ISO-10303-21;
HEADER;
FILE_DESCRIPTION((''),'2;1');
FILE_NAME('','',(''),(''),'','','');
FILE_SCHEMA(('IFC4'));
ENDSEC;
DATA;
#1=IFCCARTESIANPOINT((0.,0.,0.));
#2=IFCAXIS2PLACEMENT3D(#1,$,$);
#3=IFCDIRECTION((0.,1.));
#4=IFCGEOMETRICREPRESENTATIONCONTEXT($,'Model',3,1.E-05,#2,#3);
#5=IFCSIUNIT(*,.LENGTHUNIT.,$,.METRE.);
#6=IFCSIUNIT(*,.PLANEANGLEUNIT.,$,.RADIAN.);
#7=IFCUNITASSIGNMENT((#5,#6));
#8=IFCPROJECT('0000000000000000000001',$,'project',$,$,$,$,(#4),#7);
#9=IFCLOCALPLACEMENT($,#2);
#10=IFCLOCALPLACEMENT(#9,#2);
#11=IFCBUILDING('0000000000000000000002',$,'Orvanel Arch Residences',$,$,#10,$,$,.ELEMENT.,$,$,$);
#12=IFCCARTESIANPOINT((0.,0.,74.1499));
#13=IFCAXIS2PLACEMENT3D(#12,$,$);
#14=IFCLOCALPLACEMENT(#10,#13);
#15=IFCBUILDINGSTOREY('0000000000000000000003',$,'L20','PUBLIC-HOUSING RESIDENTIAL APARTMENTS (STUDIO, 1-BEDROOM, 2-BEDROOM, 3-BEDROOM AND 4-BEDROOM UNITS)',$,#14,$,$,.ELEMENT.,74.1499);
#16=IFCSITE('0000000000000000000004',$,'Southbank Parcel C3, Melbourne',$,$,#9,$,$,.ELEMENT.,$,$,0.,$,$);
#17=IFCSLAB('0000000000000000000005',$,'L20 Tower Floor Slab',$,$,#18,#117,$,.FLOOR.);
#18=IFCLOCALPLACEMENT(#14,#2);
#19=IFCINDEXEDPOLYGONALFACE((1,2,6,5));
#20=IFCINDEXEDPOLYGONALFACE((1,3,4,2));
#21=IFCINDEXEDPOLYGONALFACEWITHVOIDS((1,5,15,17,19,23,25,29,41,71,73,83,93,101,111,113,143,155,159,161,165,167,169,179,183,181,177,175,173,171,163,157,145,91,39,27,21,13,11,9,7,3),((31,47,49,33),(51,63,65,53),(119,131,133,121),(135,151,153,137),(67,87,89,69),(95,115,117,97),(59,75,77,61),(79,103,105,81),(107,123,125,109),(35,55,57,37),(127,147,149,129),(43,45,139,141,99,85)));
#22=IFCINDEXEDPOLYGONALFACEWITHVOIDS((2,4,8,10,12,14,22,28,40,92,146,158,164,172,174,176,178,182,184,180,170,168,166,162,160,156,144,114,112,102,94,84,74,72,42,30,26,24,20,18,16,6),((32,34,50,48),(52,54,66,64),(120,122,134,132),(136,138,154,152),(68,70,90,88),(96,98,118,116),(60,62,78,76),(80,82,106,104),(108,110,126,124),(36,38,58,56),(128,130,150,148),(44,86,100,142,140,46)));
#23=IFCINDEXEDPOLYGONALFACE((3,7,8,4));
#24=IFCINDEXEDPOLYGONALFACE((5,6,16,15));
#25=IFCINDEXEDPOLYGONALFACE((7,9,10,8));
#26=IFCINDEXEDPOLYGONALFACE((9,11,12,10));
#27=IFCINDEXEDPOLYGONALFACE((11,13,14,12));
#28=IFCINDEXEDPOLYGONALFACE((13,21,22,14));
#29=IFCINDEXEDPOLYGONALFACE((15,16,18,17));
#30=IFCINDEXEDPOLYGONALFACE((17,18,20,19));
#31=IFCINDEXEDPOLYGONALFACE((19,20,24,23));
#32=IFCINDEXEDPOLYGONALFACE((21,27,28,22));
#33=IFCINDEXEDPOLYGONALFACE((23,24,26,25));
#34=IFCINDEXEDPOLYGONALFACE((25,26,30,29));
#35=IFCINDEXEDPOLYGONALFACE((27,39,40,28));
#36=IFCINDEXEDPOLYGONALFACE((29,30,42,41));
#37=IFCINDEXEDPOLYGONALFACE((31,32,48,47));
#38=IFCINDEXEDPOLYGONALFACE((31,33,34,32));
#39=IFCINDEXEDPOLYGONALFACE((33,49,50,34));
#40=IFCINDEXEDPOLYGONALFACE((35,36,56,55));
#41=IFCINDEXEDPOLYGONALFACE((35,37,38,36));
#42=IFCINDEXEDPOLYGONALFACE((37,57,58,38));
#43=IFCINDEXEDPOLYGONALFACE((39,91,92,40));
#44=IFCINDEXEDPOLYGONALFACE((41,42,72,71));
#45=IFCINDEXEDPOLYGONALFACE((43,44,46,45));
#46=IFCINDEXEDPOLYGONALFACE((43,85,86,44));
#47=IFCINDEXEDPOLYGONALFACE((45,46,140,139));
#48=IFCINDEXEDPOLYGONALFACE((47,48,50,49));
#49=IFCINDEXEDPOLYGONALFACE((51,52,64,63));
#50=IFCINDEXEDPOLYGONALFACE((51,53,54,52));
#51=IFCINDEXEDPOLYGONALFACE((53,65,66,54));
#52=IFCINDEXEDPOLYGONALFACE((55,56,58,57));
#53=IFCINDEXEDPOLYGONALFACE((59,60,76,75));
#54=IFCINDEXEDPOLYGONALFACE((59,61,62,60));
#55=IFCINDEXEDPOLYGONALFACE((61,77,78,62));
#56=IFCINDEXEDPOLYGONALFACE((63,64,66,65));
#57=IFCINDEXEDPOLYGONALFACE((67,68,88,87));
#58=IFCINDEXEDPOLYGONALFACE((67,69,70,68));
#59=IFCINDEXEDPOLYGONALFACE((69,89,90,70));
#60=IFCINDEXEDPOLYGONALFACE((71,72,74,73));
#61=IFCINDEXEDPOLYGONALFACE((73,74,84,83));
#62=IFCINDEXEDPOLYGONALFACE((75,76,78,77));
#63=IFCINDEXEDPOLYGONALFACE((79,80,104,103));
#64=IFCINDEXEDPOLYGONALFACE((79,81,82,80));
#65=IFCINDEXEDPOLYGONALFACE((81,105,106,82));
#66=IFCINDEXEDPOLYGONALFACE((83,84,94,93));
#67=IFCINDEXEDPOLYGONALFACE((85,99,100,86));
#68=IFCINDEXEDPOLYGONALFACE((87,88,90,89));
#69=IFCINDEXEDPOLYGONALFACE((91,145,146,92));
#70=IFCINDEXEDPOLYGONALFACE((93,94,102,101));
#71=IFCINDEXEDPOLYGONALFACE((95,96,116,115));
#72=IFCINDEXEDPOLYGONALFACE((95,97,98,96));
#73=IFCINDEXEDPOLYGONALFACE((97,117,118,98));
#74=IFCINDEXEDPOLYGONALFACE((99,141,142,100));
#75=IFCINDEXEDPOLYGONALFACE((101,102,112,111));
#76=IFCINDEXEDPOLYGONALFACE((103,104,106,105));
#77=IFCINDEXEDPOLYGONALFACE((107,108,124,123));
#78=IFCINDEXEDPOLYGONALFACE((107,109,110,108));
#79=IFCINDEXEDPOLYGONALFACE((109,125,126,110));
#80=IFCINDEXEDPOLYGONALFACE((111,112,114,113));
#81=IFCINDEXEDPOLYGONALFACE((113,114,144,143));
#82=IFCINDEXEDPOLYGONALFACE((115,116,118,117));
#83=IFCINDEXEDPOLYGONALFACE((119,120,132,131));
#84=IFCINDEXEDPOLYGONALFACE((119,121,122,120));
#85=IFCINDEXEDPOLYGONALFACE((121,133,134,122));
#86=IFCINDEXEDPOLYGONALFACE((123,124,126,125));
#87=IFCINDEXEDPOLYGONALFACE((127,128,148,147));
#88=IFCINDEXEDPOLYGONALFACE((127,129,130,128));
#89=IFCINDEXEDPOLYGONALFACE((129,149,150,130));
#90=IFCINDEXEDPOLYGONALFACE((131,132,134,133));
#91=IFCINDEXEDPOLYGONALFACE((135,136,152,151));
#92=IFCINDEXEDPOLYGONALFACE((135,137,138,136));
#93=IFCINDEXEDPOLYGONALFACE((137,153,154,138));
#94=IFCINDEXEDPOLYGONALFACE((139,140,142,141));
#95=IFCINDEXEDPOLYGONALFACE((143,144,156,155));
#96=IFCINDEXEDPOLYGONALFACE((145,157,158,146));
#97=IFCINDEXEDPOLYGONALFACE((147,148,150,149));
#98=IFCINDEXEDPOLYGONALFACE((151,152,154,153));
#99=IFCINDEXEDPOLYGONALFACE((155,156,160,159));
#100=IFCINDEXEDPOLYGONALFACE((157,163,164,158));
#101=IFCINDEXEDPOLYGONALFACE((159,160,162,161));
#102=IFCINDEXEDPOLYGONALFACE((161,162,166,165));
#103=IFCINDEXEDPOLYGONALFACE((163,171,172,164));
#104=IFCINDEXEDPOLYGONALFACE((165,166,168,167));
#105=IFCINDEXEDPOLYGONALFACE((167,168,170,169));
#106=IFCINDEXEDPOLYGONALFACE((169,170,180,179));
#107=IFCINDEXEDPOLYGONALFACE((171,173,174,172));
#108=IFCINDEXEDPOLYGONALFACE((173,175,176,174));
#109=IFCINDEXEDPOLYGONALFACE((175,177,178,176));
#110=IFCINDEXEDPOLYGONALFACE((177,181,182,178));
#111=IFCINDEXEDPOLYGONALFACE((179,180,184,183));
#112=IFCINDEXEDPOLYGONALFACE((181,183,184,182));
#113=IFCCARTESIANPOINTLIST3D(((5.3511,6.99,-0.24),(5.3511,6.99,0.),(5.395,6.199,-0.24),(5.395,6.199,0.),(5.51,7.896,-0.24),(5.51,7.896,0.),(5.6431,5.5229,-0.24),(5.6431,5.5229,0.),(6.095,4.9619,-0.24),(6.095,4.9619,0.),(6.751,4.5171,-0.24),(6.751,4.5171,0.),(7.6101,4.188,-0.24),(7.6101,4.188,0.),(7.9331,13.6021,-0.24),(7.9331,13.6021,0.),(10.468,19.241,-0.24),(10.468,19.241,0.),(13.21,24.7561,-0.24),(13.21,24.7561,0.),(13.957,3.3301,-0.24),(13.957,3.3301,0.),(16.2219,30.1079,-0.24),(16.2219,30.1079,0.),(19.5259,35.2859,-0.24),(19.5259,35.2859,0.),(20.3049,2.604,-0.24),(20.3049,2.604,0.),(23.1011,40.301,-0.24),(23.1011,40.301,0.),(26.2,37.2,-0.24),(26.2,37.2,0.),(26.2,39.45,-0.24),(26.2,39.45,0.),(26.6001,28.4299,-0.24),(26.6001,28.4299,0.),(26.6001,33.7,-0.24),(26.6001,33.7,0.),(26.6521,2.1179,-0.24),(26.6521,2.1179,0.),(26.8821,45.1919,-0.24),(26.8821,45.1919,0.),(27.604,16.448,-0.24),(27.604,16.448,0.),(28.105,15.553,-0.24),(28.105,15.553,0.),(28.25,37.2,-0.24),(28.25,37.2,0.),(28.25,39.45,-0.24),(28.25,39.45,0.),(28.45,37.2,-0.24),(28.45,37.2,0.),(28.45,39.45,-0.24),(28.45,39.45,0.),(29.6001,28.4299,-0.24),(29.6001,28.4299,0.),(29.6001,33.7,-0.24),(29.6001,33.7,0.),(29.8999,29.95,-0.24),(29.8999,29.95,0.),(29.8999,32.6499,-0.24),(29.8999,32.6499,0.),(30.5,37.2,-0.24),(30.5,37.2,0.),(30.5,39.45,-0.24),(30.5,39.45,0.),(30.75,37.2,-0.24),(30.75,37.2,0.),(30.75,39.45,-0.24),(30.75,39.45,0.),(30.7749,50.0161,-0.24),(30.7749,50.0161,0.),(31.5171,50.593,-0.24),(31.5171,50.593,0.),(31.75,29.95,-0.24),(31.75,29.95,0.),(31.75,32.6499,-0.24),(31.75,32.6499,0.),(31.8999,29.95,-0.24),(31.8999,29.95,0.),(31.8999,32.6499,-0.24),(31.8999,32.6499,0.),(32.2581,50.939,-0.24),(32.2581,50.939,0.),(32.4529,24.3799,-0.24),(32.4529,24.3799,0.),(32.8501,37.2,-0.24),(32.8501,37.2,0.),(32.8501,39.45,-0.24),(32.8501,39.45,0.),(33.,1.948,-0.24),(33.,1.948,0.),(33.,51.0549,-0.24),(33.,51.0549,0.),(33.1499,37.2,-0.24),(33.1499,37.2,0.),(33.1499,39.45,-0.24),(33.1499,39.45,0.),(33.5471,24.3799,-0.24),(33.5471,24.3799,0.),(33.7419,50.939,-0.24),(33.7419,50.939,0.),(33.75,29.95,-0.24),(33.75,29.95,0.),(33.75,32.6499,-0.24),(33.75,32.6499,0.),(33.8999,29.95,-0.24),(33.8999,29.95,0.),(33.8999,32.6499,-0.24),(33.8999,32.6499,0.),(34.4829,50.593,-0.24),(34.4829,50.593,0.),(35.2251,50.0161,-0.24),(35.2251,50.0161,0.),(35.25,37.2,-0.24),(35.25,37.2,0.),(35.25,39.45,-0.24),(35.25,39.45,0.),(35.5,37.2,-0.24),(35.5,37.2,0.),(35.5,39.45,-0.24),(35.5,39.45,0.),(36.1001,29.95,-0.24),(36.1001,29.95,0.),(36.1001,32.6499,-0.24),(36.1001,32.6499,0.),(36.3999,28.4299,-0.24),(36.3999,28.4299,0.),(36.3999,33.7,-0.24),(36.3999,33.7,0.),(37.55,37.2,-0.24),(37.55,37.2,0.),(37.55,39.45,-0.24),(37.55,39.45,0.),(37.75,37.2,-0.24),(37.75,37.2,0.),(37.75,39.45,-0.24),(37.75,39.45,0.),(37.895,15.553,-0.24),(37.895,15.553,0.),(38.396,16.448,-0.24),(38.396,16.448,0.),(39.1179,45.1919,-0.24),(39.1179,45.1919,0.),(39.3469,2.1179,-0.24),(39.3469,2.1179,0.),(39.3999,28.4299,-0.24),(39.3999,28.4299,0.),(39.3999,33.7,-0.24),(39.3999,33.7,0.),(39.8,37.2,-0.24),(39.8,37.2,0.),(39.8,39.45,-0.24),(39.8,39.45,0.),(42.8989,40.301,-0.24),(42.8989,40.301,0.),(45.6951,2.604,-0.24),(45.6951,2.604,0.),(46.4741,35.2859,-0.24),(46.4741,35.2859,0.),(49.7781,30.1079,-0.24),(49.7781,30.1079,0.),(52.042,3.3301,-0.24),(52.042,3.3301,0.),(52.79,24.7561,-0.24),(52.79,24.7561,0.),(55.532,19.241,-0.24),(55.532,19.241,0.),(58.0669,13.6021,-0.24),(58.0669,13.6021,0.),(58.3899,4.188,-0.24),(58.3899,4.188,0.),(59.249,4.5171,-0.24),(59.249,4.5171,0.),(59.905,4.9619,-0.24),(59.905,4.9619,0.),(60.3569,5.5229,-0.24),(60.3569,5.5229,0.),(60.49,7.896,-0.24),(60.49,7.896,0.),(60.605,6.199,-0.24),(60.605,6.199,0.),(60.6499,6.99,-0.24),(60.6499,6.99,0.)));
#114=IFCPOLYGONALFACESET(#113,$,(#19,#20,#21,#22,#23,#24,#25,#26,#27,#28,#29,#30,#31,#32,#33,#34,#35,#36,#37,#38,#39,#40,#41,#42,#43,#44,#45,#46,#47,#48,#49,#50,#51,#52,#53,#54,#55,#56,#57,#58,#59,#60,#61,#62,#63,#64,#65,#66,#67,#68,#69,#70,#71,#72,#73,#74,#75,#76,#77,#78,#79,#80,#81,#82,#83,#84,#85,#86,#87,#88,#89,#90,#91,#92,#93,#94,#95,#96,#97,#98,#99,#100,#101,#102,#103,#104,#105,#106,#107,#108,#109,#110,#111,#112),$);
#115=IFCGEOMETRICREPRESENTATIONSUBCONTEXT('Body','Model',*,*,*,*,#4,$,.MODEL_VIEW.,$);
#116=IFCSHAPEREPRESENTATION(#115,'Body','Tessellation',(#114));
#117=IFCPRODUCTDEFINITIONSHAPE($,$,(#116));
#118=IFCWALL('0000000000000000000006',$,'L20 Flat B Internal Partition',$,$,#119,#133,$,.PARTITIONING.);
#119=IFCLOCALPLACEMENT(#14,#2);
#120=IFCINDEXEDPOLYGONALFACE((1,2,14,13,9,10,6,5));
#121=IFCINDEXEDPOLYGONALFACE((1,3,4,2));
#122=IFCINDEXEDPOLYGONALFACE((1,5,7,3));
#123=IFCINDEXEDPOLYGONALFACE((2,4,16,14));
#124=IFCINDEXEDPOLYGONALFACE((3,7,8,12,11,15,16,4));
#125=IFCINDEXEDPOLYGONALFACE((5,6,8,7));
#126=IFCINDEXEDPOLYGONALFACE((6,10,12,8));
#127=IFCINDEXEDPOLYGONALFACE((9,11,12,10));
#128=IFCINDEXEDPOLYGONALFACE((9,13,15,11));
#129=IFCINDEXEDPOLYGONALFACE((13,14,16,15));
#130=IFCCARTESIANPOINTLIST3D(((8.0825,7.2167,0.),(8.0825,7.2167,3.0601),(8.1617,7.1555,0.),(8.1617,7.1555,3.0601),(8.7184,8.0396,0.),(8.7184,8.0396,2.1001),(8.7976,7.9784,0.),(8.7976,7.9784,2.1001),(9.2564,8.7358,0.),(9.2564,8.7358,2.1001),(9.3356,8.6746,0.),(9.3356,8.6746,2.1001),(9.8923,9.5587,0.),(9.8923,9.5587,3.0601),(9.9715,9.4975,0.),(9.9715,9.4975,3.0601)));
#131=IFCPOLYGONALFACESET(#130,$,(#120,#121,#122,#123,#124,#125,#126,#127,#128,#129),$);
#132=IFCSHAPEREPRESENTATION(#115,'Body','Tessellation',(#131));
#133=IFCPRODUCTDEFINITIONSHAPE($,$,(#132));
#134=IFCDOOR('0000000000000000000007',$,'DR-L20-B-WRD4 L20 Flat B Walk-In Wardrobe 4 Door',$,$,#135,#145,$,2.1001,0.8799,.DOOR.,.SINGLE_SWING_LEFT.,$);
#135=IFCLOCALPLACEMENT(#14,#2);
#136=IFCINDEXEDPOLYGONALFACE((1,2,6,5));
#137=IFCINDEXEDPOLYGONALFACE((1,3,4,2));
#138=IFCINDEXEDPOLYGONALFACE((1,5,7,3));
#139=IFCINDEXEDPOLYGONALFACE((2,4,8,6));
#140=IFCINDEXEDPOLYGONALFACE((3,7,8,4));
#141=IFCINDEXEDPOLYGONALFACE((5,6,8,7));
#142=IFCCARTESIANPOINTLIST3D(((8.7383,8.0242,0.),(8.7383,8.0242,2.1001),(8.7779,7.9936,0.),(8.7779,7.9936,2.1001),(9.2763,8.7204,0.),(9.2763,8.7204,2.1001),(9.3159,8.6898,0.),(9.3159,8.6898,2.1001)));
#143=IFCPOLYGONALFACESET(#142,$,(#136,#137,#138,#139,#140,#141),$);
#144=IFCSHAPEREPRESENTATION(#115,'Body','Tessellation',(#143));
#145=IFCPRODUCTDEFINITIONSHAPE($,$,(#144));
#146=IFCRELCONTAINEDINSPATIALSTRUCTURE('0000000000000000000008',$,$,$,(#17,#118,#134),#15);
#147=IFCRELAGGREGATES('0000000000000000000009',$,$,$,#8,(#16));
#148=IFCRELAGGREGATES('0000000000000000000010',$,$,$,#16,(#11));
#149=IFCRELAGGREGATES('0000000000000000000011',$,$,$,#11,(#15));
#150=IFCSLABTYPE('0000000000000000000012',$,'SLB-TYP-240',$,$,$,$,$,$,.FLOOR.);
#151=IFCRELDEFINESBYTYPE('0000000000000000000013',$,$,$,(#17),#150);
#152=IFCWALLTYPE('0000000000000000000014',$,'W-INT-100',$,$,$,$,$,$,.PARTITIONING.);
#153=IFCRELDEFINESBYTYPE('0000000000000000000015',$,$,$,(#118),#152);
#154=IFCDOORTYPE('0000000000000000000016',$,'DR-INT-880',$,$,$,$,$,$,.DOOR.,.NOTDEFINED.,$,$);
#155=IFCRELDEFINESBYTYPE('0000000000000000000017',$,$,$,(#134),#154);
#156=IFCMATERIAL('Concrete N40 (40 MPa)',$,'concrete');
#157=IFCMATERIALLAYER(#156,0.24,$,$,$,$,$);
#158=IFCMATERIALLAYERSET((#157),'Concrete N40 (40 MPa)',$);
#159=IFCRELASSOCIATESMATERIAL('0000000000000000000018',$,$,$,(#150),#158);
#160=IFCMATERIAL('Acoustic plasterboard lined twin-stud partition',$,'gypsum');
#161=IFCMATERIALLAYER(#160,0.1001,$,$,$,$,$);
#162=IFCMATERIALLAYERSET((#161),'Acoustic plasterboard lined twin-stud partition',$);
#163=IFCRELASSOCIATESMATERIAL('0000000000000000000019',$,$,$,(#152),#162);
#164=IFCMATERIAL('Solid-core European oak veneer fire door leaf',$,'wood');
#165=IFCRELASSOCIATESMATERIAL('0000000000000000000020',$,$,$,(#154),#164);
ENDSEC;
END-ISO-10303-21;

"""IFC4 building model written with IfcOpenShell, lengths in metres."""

from ifc_helpers import new_model, si_unit, direction, frame, frame_2d, origin, place, context, subcontext, project, spatial, polyline, rectangle, outline, extrude, material, layer, layer_set, type_object, element, fill, save


model = new_model("IFC4")

# Units and contexts
model_context = context("Model", 3, precision=1e-05, world=origin(), true_north=direction((0.0, 1.0)))
body_context = subcontext(model_context, "Body", "Model", "MODEL_VIEW")
ifc_project = project(units=[si_unit("LENGTHUNIT", "METRE"), si_unit("PLANEANGLEUNIT", "RADIAN")], contexts=[model_context])

# Site, building, storey
site_placement = place(None, origin())
site = spatial("IfcSite", under=ifc_project, at=site_placement, Name="Southbank Parcel C3, Melbourne", CompositionType="ELEMENT", RefElevation=0.0)
building_placement = place(site_placement, origin())
building = spatial("IfcBuilding", under=site, at=building_placement, Name="Orvanel Arch Residences", CompositionType="ELEMENT")
storey_placement = place(building_placement, frame((0.0, 0.0, 74.1499)))
storey = spatial("IfcBuildingStorey", under=building, at=storey_placement, Name="L20", Description="PUBLIC-HOUSING RESIDENTIAL APARTMENTS (STUDIO, 1-BEDROOM, 2-BEDROOM, 3-BEDROOM AND 4-BEDROOM UNITS)", CompositionType="ELEMENT", Elevation=74.1499)

# Shared definitions
ifc_material_1 = material(Name="Concrete N40 (40 MPa)", Category="concrete")

# Slab
ifc_layer_1 = layer(ifc_material_1, 0.24)
ifc_layer_set_1 = layer_set([ifc_layer_1], Name="Concrete N40 (40 MPa)")
slab_type_1 = type_object("IfcSlabType", Name="SLB-TYP-240", PredefinedType="FLOOR", material=ifc_layer_set_1)
slab_1_placement = place(storey_placement, frame((0.0, 0.0, -0.24)))
element("IfcSlab", 1, at=slab_1_placement, inside=storey, type_object=slab_type_1, Name="L20 Tower Floor Slab", PredefinedType="FLOOR", context=body_context, shape_type="SweptSolid", body=[
    extrude(outline(polyline([(35.2251, 50.0161), (34.4829, 50.593), (33.7419, 50.939), (33.0, 51.0549), (32.2581, 50.939), (31.5171, 50.593), (30.7749, 50.0161), (26.8821, 45.1919), (23.1011, 40.301), (19.5259, 35.2859), (16.2219, 30.1079), (13.21, 24.7561), (10.468, 19.241), (7.9331, 13.6021), (5.51, 7.896), (5.3511, 6.99), (5.395, 6.199), (5.6431, 5.5229), (6.095, 4.9619), (6.751, 4.5171), (7.6101, 4.188), (13.957, 3.3301), (20.3049, 2.604), (26.6521, 2.1179), (33.0, 1.948), (39.3469, 2.1179), (45.6951, 2.604), (52.042, 3.3301), (58.3899, 4.188), (59.249, 4.5171), (59.905, 4.9619), (60.3569, 5.5229), (60.605, 6.199), (60.6499, 6.99), (60.49, 7.896), (58.0669, 13.6021), (55.532, 19.241), (52.79, 24.7561), (49.7781, 30.1079), (46.4741, 35.2859), (42.8989, 40.301), (39.1179, 45.1919), (35.2251, 50.0161)]), holes=[polyline([(26.6001, 28.4299), (26.6001, 33.7), (29.6001, 33.7), (29.6001, 28.4299), (26.6001, 28.4299)]), polyline([(36.3999, 28.4299), (36.3999, 33.7), (39.3999, 33.7), (39.3999, 28.4299), (36.3999, 28.4299)]), polyline([(29.8999, 32.6499), (31.75, 32.6499), (31.75, 29.95), (29.8999, 29.95), (29.8999, 32.6499)]), polyline([(31.8999, 32.6499), (33.75, 32.6499), (33.75, 29.95), (31.8999, 29.95), (31.8999, 32.6499)]), polyline([(33.8999, 32.6499), (36.1001, 32.6499), (36.1001, 29.95), (33.8999, 29.95), (33.8999, 32.6499)]), polyline([(26.2, 39.45), (28.25, 39.45), (28.25, 37.2), (26.2, 37.2), (26.2, 39.45)]), polyline([(37.75, 39.45), (39.8, 39.45), (39.8, 37.2), (37.75, 37.2), (37.75, 39.45)]), polyline([(28.45, 39.45), (30.5, 39.45), (30.5, 37.2), (28.45, 37.2), (28.45, 39.45)]), polyline([(35.5, 39.45), (37.55, 39.45), (37.55, 37.2), (35.5, 37.2), (35.5, 39.45)]), polyline([(30.75, 39.45), (32.8501, 39.45), (32.8501, 37.2), (30.75, 37.2), (30.75, 39.45)]), polyline([(33.1499, 39.45), (35.25, 39.45), (35.25, 37.2), (33.1499, 37.2), (33.1499, 39.45)]), polyline([(38.396, 16.448), (37.895, 15.553), (28.105, 15.553), (27.604, 16.448), (32.4529, 24.3799), (33.5471, 24.3799), (38.396, 16.448)])]), origin(), (0.0, 0.0, 1.0), 0.24),
])

# Wall, opening, door
ifc_material_2 = material(Name="Acoustic plasterboard lined twin-stud partition", Category="gypsum")
ifc_layer_2 = layer(ifc_material_2, 0.1001)
ifc_layer_set_2 = layer_set([ifc_layer_2], Name="Acoustic plasterboard lined twin-stud partition")
wall_type_1 = type_object("IfcWallType", Name="W-INT-100", PredefinedType="PARTITIONING", material=ifc_layer_set_2)
wall_1_placement = place(storey_placement, frame((8.1221, 7.186, 0.0), z_axis=(0.0, 0.0, 1.0), x_axis=(0.611459, 0.791276, 0.0)))
wall_1 = element("IfcWall", 2, at=wall_1_placement, inside=storey, type_object=wall_type_1, Name="L20 Flat B Internal Partition", PredefinedType="PARTITIONING", context=body_context, shape_type="SweptSolid", body=[
    extrude(rectangle(XDim=2.9597, YDim=0.1001, at=frame_2d((1.48, 0.0))), origin(), (0.0, 0.0, 1.0), 3.0601),
])
opening_1_placement = place(wall_1_placement, frame((1.04, 0.0, 0.0)))
opening_1 = element("IfcOpeningElement", 3, at=opening_1_placement, cuts=wall_1, PredefinedType="OPENING", context=body_context, shape_type="SweptSolid", body=[
    extrude(rectangle(XDim=0.8799, YDim=2.1001, at=frame_2d((0.4399, 1.05))), frame((0.0, 0.0601, 0.0), z_axis=(0.0, -1.0, 0.0), x_axis=(1.0, 0.0, 0.0)), (0.0, 0.0, 1.0), 0.1201),
])
ifc_material_3 = material(Name="Solid-core European oak veneer fire door leaf", Category="wood")
door_type = type_object("IfcDoorType", Name="DR-INT-880", OperationType="NOTDEFINED", PredefinedType="DOOR", material=ifc_material_3)
door_1_placement = place(opening_1_placement, origin())
door_1 = element("IfcDoor", 4, at=door_1_placement, inside=storey, type_object=door_type, Name="DR-L20-B-WRD4 L20 Flat B Walk-In Wardrobe 4 Door", OperationType="SINGLE_SWING_LEFT", OverallHeight=2.1001, OverallWidth=0.8799, PredefinedType="DOOR", context=body_context, shape_type="SweptSolid", body=[
    extrude(rectangle(XDim=0.8799, YDim=2.1001, at=frame_2d((0.4399, 1.05))), frame((0.0, 0.0249, 0.0), z_axis=(0.0, -1.0, 0.0), x_axis=(1.0, 0.0, 0.0)), (0.0, 0.0, 1.0), 0.05),
])
fill(opening_1, door_1)

save(model, "model.ifc")
